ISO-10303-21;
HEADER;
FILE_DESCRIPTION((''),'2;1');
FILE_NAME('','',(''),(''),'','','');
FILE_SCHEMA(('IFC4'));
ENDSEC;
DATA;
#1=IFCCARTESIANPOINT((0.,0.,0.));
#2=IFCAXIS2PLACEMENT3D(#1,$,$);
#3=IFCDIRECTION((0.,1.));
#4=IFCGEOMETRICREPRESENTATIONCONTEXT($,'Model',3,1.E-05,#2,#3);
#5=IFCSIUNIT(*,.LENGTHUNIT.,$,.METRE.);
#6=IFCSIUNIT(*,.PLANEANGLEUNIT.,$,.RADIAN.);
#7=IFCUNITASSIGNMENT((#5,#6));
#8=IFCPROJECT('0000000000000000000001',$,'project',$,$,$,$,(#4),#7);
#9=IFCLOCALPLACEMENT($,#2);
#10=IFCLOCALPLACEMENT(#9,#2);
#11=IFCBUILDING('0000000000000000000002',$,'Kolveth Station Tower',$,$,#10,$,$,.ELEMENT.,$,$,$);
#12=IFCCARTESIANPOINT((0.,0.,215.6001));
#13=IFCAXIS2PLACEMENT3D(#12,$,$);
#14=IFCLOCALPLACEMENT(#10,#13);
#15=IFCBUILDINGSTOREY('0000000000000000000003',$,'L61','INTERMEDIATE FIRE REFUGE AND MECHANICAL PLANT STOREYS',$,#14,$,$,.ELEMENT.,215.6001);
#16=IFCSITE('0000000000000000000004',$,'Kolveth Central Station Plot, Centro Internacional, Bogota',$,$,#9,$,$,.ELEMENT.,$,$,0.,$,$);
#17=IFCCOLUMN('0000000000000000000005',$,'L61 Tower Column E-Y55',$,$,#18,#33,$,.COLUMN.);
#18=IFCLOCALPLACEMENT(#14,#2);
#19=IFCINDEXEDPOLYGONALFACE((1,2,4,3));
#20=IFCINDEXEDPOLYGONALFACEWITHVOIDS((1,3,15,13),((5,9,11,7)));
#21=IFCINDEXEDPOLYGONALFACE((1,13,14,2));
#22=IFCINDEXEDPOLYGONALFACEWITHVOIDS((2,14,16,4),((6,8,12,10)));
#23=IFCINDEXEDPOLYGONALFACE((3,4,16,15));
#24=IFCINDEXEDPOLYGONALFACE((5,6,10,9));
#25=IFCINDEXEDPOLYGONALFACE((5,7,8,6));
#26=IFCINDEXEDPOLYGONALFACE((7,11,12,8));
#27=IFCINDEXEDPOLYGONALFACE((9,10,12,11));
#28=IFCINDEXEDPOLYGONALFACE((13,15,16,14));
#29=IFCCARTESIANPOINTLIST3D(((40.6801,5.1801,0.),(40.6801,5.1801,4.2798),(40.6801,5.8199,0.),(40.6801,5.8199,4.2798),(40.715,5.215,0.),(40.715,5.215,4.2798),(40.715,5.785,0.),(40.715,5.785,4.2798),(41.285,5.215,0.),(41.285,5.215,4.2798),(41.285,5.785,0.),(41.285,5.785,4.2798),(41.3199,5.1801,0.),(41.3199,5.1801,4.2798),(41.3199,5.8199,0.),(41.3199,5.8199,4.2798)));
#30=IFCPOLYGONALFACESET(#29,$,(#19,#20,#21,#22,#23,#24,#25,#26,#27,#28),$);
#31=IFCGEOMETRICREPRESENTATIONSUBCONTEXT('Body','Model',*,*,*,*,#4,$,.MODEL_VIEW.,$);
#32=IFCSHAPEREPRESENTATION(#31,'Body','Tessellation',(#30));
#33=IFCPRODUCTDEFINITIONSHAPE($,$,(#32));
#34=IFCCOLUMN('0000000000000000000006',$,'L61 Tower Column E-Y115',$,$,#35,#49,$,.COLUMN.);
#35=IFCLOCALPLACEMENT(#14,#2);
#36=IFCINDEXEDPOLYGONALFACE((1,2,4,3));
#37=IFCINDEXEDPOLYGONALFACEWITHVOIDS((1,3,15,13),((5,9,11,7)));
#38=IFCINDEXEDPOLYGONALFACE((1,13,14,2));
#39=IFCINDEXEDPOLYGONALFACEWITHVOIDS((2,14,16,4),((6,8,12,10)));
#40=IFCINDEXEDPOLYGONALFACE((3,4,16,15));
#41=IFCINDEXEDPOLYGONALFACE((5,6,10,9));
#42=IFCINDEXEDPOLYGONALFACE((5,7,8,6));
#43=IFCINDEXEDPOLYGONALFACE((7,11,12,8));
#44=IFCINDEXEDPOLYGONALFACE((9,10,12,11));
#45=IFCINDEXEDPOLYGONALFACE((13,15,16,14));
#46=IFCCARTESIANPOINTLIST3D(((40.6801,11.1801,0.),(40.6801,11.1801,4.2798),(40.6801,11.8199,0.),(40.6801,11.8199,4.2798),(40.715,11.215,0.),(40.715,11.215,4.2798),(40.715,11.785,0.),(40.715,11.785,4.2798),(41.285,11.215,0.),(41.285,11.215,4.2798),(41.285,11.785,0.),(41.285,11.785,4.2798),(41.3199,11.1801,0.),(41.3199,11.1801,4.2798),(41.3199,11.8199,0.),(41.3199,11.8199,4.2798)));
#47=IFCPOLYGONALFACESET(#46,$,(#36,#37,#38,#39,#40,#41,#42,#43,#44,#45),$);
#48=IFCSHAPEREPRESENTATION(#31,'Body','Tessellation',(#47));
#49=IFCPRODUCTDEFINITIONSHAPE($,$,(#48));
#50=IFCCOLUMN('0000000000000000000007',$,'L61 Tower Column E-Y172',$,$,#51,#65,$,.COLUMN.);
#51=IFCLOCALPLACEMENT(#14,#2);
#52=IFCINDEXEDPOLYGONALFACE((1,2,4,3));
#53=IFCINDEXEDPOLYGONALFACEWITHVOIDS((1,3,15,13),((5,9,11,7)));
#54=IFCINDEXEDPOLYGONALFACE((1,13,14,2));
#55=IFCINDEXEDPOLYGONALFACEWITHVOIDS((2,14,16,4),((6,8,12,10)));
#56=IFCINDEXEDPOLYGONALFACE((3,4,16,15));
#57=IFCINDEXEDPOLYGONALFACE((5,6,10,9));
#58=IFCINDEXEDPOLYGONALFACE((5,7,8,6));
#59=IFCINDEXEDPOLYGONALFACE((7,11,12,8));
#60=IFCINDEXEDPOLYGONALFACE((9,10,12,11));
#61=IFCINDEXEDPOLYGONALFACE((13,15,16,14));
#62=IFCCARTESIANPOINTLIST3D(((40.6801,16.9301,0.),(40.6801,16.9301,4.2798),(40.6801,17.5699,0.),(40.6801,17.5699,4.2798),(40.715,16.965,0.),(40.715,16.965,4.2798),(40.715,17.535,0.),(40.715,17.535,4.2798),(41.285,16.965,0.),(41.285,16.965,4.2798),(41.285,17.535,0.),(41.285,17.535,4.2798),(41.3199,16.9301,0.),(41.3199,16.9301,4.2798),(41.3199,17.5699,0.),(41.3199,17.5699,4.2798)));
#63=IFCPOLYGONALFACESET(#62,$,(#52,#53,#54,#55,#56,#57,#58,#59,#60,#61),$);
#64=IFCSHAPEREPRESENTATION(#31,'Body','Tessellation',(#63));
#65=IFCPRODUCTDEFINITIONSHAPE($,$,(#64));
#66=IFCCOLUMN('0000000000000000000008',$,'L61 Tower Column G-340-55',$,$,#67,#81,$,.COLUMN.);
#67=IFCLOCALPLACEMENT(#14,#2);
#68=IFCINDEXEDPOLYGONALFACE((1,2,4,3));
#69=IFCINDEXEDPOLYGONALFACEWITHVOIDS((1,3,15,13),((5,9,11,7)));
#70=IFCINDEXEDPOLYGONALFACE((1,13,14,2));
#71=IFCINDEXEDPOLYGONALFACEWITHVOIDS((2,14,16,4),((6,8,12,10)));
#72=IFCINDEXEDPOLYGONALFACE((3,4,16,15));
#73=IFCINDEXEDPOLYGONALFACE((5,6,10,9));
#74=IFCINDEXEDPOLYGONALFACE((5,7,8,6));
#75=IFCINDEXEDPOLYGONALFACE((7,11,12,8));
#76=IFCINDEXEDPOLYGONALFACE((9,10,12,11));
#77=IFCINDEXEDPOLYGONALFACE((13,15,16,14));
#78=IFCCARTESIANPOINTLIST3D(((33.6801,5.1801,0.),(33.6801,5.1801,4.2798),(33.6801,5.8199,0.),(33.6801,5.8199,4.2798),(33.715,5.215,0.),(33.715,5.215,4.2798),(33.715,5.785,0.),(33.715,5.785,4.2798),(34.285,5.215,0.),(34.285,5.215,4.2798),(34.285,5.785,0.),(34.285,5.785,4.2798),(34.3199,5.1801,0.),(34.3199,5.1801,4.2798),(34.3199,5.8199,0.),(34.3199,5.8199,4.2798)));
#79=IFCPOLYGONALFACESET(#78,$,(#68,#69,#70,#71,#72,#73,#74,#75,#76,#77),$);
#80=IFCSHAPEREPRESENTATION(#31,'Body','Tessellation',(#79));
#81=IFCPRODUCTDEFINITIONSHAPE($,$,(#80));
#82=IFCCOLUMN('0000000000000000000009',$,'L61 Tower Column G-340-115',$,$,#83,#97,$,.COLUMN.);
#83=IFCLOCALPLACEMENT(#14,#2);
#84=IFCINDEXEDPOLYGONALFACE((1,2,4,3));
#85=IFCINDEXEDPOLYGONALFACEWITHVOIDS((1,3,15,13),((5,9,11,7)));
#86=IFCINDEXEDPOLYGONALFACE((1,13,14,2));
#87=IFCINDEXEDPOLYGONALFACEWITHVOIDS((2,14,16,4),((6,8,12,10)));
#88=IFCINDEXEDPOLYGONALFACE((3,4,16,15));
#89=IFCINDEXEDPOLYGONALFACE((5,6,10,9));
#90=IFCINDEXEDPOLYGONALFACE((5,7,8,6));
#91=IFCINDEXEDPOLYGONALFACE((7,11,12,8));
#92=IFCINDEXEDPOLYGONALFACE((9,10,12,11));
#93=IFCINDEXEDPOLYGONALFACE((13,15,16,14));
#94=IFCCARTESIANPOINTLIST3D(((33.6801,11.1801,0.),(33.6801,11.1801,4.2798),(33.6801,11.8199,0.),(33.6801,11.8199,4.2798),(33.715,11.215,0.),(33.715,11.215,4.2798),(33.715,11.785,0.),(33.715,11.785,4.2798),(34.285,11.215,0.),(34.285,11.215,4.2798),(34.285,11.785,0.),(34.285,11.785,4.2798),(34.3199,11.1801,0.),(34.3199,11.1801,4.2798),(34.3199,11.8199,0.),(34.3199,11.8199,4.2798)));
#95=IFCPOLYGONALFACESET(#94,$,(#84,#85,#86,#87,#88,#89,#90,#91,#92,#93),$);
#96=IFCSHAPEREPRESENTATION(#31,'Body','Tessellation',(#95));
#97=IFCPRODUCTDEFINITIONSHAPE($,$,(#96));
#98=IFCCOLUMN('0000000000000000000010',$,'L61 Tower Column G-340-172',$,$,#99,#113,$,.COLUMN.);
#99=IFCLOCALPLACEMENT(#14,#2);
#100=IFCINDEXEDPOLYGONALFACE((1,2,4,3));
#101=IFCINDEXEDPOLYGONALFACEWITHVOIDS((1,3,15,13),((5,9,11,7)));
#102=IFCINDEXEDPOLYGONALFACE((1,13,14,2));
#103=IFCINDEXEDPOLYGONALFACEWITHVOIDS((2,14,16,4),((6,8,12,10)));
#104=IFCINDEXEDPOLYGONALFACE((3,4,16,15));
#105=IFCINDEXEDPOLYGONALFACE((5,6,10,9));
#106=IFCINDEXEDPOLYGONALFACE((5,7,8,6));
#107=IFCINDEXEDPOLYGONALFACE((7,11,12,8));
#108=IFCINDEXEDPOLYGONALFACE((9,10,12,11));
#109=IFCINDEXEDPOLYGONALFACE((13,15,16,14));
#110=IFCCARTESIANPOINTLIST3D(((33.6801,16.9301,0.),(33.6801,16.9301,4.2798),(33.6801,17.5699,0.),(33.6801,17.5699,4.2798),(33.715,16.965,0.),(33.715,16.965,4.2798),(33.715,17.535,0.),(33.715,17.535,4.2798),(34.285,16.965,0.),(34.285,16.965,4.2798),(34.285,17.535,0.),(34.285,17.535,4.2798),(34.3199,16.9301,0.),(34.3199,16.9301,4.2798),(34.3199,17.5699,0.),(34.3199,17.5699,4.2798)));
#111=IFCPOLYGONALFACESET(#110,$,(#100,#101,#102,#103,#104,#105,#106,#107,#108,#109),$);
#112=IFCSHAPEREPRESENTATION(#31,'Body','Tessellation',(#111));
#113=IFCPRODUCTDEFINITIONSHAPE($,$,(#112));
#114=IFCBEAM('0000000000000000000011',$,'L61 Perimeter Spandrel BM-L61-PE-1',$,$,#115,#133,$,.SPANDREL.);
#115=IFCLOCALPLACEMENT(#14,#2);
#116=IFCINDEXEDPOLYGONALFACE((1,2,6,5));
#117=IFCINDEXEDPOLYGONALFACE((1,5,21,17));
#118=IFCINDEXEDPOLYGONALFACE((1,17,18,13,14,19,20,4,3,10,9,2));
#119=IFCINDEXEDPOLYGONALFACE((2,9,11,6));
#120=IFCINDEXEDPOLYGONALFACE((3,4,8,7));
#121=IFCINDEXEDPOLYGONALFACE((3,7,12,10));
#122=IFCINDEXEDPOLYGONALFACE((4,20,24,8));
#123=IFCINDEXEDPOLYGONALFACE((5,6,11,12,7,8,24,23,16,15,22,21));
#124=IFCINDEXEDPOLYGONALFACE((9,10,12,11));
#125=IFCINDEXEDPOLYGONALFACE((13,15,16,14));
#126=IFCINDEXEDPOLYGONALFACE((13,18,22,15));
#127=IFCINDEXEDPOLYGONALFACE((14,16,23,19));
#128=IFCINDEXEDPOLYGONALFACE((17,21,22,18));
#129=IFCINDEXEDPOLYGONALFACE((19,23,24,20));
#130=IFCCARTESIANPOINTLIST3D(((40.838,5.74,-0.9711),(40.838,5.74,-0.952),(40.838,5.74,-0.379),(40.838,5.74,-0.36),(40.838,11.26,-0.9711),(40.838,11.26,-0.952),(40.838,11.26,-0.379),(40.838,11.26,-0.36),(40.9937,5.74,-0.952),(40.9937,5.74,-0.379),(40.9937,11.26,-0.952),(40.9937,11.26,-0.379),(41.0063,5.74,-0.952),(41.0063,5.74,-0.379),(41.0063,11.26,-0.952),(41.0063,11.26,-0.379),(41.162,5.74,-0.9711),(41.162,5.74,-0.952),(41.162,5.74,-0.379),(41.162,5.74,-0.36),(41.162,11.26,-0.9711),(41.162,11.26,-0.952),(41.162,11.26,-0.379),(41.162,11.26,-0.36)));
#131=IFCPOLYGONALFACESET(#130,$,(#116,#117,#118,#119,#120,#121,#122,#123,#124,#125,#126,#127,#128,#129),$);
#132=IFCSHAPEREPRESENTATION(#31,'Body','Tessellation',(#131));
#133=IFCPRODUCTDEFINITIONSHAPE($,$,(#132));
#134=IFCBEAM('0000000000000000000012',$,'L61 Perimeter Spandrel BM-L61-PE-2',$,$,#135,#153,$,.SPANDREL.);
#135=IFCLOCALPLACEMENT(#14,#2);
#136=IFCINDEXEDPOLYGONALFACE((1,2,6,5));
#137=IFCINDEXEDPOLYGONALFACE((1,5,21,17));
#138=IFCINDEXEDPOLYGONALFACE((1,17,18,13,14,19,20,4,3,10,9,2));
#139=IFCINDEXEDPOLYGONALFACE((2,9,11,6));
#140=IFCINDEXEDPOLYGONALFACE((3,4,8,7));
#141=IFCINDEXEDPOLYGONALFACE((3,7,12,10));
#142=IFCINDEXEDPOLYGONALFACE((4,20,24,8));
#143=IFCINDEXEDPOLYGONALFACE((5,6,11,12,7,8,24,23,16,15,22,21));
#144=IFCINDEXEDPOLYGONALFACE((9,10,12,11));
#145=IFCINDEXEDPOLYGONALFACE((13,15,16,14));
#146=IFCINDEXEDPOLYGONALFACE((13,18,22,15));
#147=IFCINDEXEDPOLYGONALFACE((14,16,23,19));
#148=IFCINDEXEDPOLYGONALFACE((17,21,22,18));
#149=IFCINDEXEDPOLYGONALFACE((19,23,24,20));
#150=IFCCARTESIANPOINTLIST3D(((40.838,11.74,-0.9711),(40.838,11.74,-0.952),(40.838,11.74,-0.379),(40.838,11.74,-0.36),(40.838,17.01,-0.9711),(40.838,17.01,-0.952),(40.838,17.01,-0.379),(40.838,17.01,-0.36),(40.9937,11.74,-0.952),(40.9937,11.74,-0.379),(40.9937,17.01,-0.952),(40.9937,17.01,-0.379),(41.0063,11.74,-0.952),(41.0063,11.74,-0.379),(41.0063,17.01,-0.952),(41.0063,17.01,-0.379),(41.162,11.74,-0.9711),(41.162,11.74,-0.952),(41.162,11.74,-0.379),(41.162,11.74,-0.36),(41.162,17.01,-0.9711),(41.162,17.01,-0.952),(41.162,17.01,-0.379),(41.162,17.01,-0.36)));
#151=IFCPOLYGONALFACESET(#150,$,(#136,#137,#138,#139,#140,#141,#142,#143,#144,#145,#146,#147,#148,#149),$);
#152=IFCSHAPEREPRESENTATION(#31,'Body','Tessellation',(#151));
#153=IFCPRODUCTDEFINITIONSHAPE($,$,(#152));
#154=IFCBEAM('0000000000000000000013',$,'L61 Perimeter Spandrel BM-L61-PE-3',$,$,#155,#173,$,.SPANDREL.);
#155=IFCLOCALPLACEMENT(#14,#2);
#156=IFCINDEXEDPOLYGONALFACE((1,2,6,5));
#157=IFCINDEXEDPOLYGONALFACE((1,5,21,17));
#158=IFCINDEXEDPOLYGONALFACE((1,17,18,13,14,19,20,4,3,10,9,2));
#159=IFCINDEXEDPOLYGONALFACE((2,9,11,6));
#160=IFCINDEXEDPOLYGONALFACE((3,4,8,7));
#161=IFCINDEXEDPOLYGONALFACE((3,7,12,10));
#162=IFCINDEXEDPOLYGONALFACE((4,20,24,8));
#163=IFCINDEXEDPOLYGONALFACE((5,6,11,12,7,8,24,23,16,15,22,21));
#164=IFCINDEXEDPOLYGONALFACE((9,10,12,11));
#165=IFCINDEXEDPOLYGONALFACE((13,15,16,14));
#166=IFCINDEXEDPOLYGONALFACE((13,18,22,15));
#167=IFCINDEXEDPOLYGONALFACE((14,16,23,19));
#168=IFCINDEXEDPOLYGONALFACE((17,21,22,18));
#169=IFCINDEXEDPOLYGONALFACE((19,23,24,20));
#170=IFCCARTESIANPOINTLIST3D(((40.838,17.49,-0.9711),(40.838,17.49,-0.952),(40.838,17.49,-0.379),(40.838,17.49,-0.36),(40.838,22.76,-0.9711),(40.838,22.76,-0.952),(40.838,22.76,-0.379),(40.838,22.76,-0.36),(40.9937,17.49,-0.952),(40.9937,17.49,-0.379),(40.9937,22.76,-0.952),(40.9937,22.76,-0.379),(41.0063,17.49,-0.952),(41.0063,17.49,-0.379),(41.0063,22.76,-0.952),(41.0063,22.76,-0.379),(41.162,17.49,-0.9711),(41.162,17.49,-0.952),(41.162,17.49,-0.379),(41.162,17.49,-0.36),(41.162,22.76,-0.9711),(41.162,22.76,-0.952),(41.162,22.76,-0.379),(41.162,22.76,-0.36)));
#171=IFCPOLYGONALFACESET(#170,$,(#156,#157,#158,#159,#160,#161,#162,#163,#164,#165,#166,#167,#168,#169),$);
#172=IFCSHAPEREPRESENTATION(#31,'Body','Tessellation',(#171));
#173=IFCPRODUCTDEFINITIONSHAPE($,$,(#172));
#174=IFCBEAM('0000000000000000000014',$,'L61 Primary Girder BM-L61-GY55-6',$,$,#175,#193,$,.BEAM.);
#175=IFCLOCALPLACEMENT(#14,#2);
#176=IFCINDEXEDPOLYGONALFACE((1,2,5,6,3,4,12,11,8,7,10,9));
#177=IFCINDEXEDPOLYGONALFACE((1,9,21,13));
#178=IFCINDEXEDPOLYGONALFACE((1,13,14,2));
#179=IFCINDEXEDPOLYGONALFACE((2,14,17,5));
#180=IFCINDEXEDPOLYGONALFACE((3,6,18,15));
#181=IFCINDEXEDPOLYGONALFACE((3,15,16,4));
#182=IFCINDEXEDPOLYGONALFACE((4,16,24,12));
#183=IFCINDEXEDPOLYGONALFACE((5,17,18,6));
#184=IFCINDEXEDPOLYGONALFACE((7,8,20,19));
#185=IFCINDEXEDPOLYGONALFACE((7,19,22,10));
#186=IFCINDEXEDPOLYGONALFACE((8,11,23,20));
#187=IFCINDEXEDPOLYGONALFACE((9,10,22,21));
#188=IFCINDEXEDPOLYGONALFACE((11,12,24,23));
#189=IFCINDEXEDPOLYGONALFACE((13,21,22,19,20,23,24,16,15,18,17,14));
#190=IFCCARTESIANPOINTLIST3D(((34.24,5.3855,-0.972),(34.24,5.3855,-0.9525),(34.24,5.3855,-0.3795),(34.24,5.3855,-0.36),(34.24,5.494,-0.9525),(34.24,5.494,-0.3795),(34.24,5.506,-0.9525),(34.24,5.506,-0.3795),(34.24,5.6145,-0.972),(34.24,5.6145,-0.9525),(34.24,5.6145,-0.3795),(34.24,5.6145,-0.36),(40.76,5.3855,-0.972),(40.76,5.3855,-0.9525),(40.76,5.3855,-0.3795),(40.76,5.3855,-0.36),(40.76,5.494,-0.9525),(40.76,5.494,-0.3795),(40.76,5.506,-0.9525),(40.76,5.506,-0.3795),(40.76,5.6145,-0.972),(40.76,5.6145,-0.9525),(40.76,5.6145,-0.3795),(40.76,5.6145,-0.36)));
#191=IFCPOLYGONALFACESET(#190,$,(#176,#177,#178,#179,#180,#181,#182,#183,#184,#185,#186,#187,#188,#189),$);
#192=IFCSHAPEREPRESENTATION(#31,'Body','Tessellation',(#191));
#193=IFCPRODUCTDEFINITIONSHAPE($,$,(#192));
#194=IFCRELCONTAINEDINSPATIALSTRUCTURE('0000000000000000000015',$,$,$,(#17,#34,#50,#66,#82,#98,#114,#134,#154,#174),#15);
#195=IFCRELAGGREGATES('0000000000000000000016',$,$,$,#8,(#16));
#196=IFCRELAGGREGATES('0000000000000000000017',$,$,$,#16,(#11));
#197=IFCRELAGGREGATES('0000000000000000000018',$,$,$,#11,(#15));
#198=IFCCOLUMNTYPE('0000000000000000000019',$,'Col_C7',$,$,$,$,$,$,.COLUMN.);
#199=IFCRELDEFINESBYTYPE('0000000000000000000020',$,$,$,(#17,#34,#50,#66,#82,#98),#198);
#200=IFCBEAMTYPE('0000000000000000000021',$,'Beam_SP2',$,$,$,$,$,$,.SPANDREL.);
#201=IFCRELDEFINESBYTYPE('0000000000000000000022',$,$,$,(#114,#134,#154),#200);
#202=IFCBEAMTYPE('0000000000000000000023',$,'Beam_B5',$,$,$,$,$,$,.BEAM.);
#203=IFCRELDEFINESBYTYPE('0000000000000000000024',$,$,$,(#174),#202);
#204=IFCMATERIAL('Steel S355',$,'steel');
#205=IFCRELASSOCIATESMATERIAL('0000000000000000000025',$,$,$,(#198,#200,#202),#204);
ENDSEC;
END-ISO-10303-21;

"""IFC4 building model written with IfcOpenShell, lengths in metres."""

from ifc_helpers import new_model, si_unit, direction, frame, origin, origin_2d, place, context, subcontext, project, spatial, hollow_rectangle, i_section, extrude, source, transform, mapped, material, material_profile, profile_set, type_object, element, save


model = new_model("IFC4")

# Units and contexts
model_context = context("Model", 3, precision=1e-05, world=origin(), true_north=direction((0.0, 1.0)))
body_context = subcontext(model_context, "Body", "Model", "MODEL_VIEW")
ifc_project = project(units=[si_unit("LENGTHUNIT", "METRE"), si_unit("PLANEANGLEUNIT", "RADIAN")], contexts=[model_context])

# Site, building, storey
site_placement = place(None, origin())
site = spatial("IfcSite", under=ifc_project, at=site_placement, Name="Kolveth Central Station Plot, Centro Internacional, Bogota", CompositionType="ELEMENT", RefElevation=0.0)
building_placement = place(site_placement, origin())
building = spatial("IfcBuilding", under=site, at=building_placement, Name="Kolveth Station Tower", CompositionType="ELEMENT")
storey_placement = place(building_placement, frame((0.0, 0.0, 215.6001)))
storey = spatial("IfcBuildingStorey", under=building, at=storey_placement, Name="L61", Description="INTERMEDIATE FIRE REFUGE AND MECHANICAL PLANT STOREYS", CompositionType="ELEMENT", Elevation=215.6001)

# Columns
ifc_material_1 = material(Name="Steel S355", Category="steel")
ifc_material_profile_1 = material_profile(ifc_material_1, hollow_rectangle(XDim=0.6399, YDim=0.6399, WallThickness=0.0349, at=origin_2d()), Name="BOX640x640x35")
ifc_profile_set_1 = profile_set([ifc_material_profile_1], Name="Steel S355")
column_type = type_object("IfcColumnType", Name="Col_C7", PredefinedType="COLUMN", material=ifc_profile_set_1)
shared_shape_1 = source(origin(), body_context, "Body", "SweptSolid", [
    extrude(hollow_rectangle(XDim=0.6399, YDim=0.6399, WallThickness=0.0349, at=origin_2d()), origin(), (0.0, 0.0, 1.0), 4.2798),
])
for number, where, z_axis, x_axis, name in (
    (1, (41.0, 5.5, 0.0), (0.0, 0.0, 1.0), (1.0, 0.0, 0.0), "L61 Tower Column E-Y55"),
    (2, (41.0, 11.5, 0.0), (0.0, 0.0, 1.0), (1.0, 0.0, 0.0), "L61 Tower Column E-Y115"),
    (3, (41.0, 17.25, 0.0), (0.0, 0.0, 1.0), (1.0, 0.0, 0.0), "L61 Tower Column E-Y172"),
    (4, (34.0, 5.5, 0.0), (0.0, 0.0, 1.0), (1.0, 0.0, 0.0), "L61 Tower Column G-340-55"),
    (5, (34.0, 11.5, 0.0), (0.0, 0.0, 1.0), (1.0, 0.0, 0.0), "L61 Tower Column G-340-115"),
    (6, (34.0, 17.25, 0.0), (0.0, 0.0, 1.0), (1.0, 0.0, 0.0), "L61 Tower Column G-340-172"),
):
    element("IfcColumn", number, at=place(storey_placement, frame(where, z_axis=z_axis, x_axis=x_axis)), inside=storey, type_object=column_type, Name=name, PredefinedType="COLUMN", context=body_context, shape_type="MappedRepresentation", body=[
        mapped(shared_shape_1, transform((0.0, 0.0, 0.0), x_axis=(1.0, 0.0, 0.0), y_axis=(0.0, 1.0, 0.0), z_axis=(0.0, 0.0, 1.0), scale=1.0)),
    ])

# Beams
ifc_material_profile_2 = material_profile(ifc_material_1, i_section(OverallWidth=0.324, OverallDepth=0.6111, WebThickness=0.0127, FlangeThickness=0.019, at=origin_2d()), Name="W610x155")
ifc_profile_set_2 = profile_set([ifc_material_profile_2], Name="Steel S355")
beam_type_1 = type_object("IfcBeamType", Name="Beam_SP2", PredefinedType="SPANDREL", material=ifc_profile_set_2)
shared_shape_2 = source(origin(), body_context, "Body", "SweptSolid", [
    extrude(i_section(OverallWidth=0.324, OverallDepth=0.6111, WebThickness=0.0127, FlangeThickness=0.019, at=origin_2d()), origin(), (0.0, 0.0, 1.0), 5.52),
])
beam_1_placement = place(storey_placement, frame((41.0, 5.74, -0.6655), z_axis=(0.0, 1.0, 0.0), x_axis=(-1.0, 0.0, 0.0)))
element("IfcBeam", 7, at=beam_1_placement, inside=storey, type_object=beam_type_1, Name="L61 Perimeter Spandrel BM-L61-PE-1", PredefinedType="SPANDREL", context=body_context, shape_type="MappedRepresentation", body=[
    mapped(shared_shape_2, transform((0.0, 0.0, 0.0), x_axis=(1.0, 0.0, 0.0), y_axis=(0.0, 1.0, 0.0), z_axis=(0.0, 0.0, 1.0), scale=1.0)),
])
shared_shape_3 = source(origin(), body_context, "Body", "SweptSolid", [
    extrude(i_section(OverallWidth=0.324, OverallDepth=0.6111, WebThickness=0.0127, FlangeThickness=0.019, at=origin_2d()), origin(), (0.0, 0.0, 1.0), 5.27),
])
for number, where, z_axis, x_axis, name in (
    (8, (41.0, 11.74, -0.6655), (0.0, 1.0, 0.0), (-1.0, 0.0, 0.0), "L61 Perimeter Spandrel BM-L61-PE-2"),
    (9, (41.0, 17.49, -0.6655), (0.0, 1.0, 0.0), (-1.0, 0.0, 0.0), "L61 Perimeter Spandrel BM-L61-PE-3"),
):
    element("IfcBeam", number, at=place(storey_placement, frame(where, z_axis=z_axis, x_axis=x_axis)), inside=storey, type_object=beam_type_1, Name=name, PredefinedType="SPANDREL", context=body_context, shape_type="MappedRepresentation", body=[
        mapped(shared_shape_3, transform((0.0, 0.0, 0.0), x_axis=(1.0, 0.0, 0.0), y_axis=(0.0, 1.0, 0.0), z_axis=(0.0, 0.0, 1.0), scale=1.0)),
    ])
ifc_material_profile_3 = material_profile(ifc_material_1, i_section(OverallWidth=0.229, OverallDepth=0.6121, WebThickness=0.012, FlangeThickness=0.0195, at=origin_2d()), Name="W610x125")
ifc_profile_set_3 = profile_set([ifc_material_profile_3], Name="Steel S355")
beam_type_2 = type_object("IfcBeamType", Name="Beam_B5", PredefinedType="BEAM", material=ifc_profile_set_3)
shared_shape_4 = source(origin(), body_context, "Body", "SweptSolid", [
    extrude(i_section(OverallWidth=0.229, OverallDepth=0.6121, WebThickness=0.012, FlangeThickness=0.0195, at=origin_2d()), origin(), (0.0, 0.0, 1.0), 6.52),
])
for number, where, z_axis, x_axis, name in (
    (10, (34.24, 5.5, -0.666), (1.0, 0.0, 0.0), (0.0, 1.0, 0.0), "L61 Primary Girder BM-L61-GY55-6"),
):
    element("IfcBeam", number, at=place(storey_placement, frame(where, z_axis=z_axis, x_axis=x_axis)), inside=storey, type_object=beam_type_2, Name=name, PredefinedType="BEAM", context=body_context, shape_type="MappedRepresentation", body=[
        mapped(shared_shape_4, transform((0.0, 0.0, 0.0), x_axis=(1.0, 0.0, 0.0), y_axis=(0.0, 1.0, 0.0), z_axis=(0.0, 0.0, 1.0), scale=1.0)),
    ])

save(model, "model.ifc")
